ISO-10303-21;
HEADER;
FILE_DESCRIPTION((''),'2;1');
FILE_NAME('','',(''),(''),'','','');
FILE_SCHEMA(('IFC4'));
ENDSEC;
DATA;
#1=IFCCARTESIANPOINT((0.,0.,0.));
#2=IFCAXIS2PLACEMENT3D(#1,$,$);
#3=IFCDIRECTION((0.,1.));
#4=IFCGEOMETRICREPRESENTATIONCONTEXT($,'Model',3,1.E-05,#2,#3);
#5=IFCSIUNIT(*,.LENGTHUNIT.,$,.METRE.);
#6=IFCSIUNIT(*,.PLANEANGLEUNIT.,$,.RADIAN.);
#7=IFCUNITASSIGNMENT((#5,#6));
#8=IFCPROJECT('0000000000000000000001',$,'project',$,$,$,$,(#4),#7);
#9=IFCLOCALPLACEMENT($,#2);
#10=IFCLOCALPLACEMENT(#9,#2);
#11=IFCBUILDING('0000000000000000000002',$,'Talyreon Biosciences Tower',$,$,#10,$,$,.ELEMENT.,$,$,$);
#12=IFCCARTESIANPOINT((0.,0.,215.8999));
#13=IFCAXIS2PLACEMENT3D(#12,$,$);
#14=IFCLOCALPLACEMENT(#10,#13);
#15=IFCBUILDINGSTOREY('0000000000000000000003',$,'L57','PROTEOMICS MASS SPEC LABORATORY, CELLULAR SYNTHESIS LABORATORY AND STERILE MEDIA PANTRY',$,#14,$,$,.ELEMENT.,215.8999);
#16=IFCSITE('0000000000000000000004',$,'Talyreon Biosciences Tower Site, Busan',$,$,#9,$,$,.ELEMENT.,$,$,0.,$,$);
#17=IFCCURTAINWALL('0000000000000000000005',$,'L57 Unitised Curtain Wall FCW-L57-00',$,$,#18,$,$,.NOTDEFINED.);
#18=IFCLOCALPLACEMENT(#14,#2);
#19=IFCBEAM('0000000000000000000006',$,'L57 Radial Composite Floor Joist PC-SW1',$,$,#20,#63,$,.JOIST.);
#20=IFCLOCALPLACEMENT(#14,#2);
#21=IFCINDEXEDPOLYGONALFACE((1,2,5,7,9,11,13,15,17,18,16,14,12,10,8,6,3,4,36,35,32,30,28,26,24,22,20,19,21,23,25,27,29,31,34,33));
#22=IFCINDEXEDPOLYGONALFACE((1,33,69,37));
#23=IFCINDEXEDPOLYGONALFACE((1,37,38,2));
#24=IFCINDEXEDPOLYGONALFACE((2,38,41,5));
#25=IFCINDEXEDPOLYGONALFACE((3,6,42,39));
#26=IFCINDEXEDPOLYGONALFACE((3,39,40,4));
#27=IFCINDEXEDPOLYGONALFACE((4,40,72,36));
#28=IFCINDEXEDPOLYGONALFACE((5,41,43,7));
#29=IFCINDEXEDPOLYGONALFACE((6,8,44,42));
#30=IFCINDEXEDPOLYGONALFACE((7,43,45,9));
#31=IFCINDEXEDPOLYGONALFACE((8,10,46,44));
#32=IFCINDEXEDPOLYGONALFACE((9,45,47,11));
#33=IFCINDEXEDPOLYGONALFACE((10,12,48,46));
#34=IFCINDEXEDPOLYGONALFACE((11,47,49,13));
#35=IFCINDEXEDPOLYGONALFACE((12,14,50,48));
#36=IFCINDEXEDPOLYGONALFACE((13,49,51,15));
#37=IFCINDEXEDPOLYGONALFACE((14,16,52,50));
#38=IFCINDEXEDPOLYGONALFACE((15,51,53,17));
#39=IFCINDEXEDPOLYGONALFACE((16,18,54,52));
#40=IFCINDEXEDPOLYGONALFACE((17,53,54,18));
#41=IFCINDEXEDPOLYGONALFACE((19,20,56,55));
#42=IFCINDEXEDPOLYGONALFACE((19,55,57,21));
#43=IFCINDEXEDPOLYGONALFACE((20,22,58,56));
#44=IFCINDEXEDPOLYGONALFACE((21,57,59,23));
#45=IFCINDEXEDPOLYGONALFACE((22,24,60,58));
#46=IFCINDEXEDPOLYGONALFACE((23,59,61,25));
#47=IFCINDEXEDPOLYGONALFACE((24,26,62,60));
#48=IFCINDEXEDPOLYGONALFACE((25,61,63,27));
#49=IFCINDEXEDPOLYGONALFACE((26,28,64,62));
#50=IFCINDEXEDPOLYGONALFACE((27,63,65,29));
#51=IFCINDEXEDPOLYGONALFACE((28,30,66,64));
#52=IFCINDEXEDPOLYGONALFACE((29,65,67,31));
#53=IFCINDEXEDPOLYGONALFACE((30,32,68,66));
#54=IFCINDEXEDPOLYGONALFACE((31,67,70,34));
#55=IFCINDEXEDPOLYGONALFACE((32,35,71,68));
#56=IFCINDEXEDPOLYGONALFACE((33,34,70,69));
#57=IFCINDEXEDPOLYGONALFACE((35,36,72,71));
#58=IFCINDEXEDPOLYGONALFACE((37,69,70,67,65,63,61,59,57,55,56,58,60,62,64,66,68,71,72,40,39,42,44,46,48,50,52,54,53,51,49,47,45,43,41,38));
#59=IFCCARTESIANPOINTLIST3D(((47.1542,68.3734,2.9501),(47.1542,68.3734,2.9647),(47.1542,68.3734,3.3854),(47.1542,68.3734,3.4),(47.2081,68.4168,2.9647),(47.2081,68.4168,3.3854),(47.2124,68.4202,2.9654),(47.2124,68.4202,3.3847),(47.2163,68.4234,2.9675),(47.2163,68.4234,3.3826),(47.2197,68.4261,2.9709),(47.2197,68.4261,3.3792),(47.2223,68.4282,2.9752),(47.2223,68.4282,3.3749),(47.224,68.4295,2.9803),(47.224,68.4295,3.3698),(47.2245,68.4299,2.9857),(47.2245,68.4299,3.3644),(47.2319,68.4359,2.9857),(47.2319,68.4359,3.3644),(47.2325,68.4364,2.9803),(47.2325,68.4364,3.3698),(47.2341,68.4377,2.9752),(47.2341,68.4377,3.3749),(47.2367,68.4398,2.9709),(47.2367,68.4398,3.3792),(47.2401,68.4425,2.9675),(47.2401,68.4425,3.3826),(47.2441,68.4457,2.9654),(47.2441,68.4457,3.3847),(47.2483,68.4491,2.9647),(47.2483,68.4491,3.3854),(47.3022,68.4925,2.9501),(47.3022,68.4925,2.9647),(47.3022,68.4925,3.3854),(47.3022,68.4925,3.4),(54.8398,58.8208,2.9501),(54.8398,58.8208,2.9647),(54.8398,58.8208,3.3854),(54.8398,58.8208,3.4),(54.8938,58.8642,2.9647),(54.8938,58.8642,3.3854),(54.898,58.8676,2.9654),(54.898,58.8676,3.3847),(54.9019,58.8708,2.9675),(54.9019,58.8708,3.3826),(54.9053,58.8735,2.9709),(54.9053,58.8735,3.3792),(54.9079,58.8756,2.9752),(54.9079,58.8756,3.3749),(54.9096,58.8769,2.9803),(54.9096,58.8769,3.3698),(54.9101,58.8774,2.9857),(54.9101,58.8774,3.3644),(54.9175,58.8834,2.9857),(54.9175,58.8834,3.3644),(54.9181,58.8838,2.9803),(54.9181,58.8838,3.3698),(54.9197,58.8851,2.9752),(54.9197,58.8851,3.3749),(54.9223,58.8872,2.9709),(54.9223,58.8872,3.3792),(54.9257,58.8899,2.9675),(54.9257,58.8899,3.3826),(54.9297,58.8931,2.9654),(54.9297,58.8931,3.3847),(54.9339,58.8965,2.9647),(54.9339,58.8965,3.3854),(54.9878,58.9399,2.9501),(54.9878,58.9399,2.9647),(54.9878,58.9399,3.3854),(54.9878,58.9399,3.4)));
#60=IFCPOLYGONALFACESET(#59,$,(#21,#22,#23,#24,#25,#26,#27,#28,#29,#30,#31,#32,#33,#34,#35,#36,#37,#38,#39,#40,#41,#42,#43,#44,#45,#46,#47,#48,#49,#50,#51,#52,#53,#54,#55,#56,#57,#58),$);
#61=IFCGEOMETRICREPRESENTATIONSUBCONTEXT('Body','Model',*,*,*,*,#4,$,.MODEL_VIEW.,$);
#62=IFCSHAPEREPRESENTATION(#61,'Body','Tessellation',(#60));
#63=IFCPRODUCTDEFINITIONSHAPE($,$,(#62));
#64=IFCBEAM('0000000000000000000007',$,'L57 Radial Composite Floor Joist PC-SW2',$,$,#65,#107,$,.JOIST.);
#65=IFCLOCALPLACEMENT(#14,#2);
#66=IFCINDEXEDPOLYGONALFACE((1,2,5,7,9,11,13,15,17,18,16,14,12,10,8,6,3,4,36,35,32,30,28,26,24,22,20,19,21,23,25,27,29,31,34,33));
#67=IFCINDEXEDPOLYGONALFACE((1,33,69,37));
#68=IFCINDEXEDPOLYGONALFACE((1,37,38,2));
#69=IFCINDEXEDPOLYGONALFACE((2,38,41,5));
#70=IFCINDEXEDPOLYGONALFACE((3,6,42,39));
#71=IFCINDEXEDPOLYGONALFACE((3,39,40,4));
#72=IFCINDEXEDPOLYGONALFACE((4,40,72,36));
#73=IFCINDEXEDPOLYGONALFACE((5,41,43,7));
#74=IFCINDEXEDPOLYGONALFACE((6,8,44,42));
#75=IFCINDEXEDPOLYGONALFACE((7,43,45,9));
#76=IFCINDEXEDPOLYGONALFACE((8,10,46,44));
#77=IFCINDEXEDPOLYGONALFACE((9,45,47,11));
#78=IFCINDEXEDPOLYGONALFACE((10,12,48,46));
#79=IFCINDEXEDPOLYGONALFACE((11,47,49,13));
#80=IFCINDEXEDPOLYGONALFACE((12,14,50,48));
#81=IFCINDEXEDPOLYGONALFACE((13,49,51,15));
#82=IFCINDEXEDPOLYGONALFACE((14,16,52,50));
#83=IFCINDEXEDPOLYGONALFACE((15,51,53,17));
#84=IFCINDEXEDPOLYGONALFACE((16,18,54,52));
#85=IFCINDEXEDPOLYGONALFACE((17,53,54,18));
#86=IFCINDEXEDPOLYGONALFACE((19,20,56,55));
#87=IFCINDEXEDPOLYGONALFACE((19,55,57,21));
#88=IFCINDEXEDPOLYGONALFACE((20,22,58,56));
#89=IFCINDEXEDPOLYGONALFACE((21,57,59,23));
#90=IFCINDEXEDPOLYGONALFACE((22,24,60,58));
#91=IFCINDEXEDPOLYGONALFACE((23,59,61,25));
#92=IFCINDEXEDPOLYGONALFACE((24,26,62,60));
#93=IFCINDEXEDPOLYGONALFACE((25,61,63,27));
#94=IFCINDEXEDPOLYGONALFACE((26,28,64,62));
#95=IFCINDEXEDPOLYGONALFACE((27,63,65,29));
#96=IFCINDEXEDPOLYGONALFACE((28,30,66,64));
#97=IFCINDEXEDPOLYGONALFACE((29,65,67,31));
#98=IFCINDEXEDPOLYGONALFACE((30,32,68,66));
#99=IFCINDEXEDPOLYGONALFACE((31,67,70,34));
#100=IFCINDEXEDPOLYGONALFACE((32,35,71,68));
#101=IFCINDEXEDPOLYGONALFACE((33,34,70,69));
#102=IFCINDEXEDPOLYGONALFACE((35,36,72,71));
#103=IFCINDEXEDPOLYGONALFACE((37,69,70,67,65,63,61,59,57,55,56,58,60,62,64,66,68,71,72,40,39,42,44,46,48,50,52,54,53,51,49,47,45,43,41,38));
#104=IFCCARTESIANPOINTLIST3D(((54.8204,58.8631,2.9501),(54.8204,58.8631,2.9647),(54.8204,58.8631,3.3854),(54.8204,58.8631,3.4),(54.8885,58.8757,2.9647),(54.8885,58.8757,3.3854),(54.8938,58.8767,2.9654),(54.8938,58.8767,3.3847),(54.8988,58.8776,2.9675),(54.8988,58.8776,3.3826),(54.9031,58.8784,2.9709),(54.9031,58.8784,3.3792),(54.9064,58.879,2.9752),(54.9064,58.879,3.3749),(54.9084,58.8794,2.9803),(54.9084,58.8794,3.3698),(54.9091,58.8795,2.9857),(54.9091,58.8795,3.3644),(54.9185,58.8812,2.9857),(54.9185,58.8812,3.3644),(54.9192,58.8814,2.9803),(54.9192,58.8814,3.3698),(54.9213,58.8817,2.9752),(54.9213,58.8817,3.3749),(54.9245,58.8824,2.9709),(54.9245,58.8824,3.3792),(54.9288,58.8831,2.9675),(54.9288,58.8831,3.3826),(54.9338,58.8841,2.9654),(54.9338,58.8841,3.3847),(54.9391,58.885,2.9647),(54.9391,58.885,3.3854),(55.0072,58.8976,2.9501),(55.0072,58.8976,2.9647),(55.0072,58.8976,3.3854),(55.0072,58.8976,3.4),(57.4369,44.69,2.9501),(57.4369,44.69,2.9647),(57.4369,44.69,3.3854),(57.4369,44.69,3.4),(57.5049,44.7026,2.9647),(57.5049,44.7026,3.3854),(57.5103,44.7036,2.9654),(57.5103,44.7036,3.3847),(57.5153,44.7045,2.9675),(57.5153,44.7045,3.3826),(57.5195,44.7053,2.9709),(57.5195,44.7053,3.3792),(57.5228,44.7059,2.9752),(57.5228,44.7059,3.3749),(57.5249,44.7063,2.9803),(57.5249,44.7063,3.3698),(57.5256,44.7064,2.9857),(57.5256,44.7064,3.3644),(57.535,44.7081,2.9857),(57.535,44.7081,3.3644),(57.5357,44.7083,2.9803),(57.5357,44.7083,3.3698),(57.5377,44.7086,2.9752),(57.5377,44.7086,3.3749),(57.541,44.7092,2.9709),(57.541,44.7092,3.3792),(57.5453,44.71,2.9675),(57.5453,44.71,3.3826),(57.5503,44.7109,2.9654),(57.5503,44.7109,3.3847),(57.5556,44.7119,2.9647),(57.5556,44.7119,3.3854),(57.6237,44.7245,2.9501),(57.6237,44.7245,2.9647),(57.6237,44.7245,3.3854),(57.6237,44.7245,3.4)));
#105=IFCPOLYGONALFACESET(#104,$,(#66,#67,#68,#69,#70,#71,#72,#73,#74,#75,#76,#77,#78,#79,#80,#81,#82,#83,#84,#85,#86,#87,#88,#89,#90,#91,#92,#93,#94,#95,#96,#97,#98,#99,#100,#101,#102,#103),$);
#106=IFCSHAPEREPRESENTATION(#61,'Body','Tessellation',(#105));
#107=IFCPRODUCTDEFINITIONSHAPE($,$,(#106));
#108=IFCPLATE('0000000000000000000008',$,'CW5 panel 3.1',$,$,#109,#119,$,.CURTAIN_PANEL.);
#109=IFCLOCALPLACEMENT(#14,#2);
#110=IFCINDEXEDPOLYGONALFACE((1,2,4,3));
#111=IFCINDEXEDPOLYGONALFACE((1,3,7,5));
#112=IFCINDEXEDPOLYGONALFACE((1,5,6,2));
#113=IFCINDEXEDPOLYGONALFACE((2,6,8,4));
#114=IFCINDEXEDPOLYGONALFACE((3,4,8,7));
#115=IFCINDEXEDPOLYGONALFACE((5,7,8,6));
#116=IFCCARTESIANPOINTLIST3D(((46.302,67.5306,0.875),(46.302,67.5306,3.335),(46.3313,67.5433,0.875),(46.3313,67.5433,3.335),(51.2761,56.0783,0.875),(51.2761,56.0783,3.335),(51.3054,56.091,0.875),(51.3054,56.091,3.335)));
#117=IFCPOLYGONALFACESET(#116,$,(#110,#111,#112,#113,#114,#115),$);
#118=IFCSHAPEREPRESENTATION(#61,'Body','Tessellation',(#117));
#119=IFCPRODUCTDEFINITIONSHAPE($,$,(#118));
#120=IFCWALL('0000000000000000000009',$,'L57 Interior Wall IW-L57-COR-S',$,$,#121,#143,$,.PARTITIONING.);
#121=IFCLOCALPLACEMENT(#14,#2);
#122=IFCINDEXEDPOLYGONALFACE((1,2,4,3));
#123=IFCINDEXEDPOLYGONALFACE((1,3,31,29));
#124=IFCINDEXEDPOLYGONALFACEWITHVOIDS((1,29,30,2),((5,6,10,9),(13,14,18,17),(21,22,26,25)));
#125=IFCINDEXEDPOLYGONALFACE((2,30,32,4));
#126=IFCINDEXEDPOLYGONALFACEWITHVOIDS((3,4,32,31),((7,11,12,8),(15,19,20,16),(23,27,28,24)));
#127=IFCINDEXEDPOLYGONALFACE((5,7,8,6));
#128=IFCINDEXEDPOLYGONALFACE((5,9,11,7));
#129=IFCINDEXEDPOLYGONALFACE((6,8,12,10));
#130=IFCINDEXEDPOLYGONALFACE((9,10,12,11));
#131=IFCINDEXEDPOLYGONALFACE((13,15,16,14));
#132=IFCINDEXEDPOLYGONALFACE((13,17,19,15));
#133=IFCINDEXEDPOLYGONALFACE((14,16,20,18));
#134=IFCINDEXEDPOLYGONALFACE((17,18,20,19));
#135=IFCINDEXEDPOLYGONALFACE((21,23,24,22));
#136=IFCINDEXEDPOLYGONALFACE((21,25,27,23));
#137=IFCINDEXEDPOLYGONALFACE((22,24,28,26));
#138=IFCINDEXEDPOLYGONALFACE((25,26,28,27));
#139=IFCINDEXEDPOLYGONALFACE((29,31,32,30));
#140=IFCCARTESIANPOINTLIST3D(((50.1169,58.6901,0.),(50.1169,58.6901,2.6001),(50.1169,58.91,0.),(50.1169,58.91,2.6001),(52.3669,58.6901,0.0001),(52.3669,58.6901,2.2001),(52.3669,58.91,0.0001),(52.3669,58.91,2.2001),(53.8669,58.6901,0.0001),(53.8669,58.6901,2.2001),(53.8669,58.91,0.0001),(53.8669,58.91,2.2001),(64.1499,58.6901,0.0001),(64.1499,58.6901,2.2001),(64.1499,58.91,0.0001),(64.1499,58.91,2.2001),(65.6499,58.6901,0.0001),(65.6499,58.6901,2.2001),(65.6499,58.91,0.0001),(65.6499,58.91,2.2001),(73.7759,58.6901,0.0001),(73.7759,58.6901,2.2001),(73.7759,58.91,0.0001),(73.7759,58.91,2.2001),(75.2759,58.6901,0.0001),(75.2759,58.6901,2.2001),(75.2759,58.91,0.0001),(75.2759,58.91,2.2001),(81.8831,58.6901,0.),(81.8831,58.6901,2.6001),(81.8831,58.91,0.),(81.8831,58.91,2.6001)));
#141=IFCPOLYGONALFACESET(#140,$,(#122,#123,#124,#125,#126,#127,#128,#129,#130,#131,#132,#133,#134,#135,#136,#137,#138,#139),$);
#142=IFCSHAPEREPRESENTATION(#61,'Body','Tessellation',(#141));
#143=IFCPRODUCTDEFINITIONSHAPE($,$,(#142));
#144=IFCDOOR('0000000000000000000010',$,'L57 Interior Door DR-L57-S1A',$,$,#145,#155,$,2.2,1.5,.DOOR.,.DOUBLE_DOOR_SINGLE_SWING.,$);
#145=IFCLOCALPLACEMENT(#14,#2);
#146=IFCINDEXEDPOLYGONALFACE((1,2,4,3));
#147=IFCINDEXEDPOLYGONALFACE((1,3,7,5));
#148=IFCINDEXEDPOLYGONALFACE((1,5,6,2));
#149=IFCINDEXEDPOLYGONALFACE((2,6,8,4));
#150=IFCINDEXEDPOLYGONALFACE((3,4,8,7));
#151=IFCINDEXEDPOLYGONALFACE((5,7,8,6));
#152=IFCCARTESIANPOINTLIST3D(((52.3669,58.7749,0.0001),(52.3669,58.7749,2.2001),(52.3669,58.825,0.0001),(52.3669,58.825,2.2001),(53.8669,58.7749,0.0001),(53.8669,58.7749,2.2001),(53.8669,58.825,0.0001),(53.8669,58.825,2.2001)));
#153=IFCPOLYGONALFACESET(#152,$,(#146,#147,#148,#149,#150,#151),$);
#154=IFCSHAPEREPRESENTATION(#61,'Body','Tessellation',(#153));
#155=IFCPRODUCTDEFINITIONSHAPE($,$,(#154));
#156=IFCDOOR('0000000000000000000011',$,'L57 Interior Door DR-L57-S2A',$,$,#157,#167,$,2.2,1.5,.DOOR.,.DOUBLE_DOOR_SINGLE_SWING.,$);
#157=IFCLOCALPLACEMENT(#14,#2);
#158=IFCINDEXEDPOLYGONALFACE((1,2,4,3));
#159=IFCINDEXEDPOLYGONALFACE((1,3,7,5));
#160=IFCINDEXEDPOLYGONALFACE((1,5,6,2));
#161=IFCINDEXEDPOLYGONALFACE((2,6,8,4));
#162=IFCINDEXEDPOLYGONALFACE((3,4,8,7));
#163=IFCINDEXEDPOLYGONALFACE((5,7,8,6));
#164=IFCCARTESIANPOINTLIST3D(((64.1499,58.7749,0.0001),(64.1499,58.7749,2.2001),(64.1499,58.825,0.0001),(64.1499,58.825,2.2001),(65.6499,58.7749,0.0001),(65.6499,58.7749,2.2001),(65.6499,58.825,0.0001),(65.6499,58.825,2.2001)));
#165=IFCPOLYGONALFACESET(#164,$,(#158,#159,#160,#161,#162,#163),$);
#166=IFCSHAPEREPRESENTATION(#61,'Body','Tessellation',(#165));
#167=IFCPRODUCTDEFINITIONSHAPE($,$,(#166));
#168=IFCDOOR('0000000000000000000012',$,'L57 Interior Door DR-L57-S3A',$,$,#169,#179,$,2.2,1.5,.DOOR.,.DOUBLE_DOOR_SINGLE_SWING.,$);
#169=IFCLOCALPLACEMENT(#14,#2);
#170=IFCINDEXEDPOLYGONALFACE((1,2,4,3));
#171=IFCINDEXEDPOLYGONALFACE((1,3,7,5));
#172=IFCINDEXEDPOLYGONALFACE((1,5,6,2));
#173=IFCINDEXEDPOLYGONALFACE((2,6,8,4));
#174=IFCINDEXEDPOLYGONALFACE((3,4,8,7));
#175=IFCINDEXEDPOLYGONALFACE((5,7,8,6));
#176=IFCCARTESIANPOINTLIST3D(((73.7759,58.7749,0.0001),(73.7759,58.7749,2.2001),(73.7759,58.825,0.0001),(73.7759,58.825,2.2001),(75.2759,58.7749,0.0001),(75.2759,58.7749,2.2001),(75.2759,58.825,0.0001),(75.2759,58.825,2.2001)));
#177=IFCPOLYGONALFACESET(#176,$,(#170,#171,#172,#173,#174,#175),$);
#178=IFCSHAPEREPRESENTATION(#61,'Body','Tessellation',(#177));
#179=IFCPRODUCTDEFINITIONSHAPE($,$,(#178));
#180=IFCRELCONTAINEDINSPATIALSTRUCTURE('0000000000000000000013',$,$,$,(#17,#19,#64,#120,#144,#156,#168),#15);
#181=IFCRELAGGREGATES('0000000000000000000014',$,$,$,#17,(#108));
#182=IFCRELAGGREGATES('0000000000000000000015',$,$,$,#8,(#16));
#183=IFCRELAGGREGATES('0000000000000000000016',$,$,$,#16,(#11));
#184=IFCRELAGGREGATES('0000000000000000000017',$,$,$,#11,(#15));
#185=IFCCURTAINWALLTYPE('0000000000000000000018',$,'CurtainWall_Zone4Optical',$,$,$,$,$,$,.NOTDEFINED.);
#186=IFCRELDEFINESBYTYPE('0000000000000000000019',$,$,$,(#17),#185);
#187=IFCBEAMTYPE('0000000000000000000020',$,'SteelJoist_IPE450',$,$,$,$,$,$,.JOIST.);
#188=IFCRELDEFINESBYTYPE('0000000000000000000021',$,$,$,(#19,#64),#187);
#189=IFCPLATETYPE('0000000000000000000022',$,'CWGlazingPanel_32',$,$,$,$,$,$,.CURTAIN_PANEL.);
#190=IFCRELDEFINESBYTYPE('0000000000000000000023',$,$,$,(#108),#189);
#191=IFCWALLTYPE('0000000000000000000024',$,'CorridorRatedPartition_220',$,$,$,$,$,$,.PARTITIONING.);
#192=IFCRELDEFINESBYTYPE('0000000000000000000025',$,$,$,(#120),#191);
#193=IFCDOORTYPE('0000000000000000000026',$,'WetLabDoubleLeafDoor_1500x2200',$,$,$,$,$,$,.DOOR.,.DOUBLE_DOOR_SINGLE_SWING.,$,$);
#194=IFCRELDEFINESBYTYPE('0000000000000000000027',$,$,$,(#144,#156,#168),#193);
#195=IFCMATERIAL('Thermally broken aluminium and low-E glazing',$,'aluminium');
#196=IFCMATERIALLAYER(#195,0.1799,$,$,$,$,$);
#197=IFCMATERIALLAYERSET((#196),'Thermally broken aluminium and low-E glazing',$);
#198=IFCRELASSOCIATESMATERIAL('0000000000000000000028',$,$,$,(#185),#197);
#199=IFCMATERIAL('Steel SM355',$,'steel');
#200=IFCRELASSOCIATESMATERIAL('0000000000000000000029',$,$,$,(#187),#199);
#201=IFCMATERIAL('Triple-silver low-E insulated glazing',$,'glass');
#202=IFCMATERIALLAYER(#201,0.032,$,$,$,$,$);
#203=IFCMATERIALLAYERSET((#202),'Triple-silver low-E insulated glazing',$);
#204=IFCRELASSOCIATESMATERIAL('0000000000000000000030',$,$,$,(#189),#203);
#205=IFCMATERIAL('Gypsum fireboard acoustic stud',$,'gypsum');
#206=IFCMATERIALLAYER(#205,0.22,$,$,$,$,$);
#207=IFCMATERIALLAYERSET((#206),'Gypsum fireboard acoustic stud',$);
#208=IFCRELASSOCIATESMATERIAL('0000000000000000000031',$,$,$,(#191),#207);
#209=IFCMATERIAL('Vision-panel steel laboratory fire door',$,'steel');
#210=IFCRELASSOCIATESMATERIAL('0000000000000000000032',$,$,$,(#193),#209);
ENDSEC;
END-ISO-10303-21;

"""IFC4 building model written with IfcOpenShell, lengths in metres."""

from ifc_helpers import new_model, si_unit, direction, frame, frame_2d, origin, origin_2d, place, context, subcontext, project, spatial, rectangle, i_section, extrude, material, layer, layer_set, material_profile, profile_set, type_object, element, fill, aggregate, save


model = new_model("IFC4")

# Units and contexts
model_context = context("Model", 3, precision=1e-05, world=origin(), true_north=direction((0.0, 1.0)))
body_context = subcontext(model_context, "Body", "Model", "MODEL_VIEW")
ifc_project = project(units=[si_unit("LENGTHUNIT", "METRE"), si_unit("PLANEANGLEUNIT", "RADIAN")], contexts=[model_context])

# Site, building, storey
site_placement = place(None, origin())
site = spatial("IfcSite", under=ifc_project, at=site_placement, Name="Talyreon Biosciences Tower Site, Busan", CompositionType="ELEMENT", RefElevation=0.0)
building_placement = place(site_placement, origin())
building = spatial("IfcBuilding", under=site, at=building_placement, Name="Talyreon Biosciences Tower", CompositionType="ELEMENT")
storey_placement = place(building_placement, frame((0.0, 0.0, 215.8999)))
storey = spatial("IfcBuildingStorey", under=building, at=storey_placement, Name="L57", Description="PROTEOMICS MASS SPEC LABORATORY, CELLULAR SYNTHESIS LABORATORY AND STERILE MEDIA PANTRY", CompositionType="ELEMENT", Elevation=215.8999)

# Curtain wall
ifc_material_1 = material(Name="Thermally broken aluminium and low-E glazing", Category="aluminium")
ifc_layer_1 = layer(ifc_material_1, 0.1799)
ifc_layer_set_1 = layer_set([ifc_layer_1], Name="Thermally broken aluminium and low-E glazing")
curtain_wall_type = type_object("IfcCurtainWallType", Name="CurtainWall_Zone4Optical", PredefinedType="NOTDEFINED", material=ifc_layer_set_1)
curtain_wall_placement = place(storey_placement, origin())
curtain_wall = element("IfcCurtainWall", 1, at=curtain_wall_placement, inside=storey, type_object=curtain_wall_type, Name="L57 Unitised Curtain Wall FCW-L57-00", PredefinedType="NOTDEFINED")

# Beams
ifc_material_2 = material(Name="Steel SM355", Category="steel")
ifc_material_profile_1 = material_profile(ifc_material_2, i_section(OverallWidth=0.1899, OverallDepth=0.45, WebThickness=0.0095, FlangeThickness=0.0146, FilletRadius=0.021, at=origin_2d()), Name="IPE450")
ifc_profile_set_1 = profile_set([ifc_material_profile_1], Name="Steel SM355")
beam_type_1 = type_object("IfcBeamType", Name="SteelJoist_IPE450", PredefinedType="JOIST", material=ifc_profile_set_1)
beam_1_placement = place(storey_placement, frame((54.9138, 58.8804, 3.175), z_axis=(-0.626859, 0.779133, 0.0), x_axis=(-0.779133, -0.626859, 0.0)))
element("IfcBeam", 2, at=beam_1_placement, inside=storey, type_object=beam_type_1, Name="L57 Radial Composite Floor Joist PC-SW1", PredefinedType="JOIST", context=body_context, shape_type="SweptSolid", body=[
    extrude(i_section(OverallWidth=0.1899, OverallDepth=0.45, WebThickness=0.0095, FlangeThickness=0.0146, FilletRadius=0.021, at=origin_2d()), origin(), (0.0, 0.0, 1.0), 12.2605),
])
beam_2_placement = place(storey_placement, frame((54.9138, 58.8804, 3.175), z_axis=(0.18154, -0.983384, 0.0), x_axis=(0.983384, 0.18154, 0.0)))
element("IfcBeam", 3, at=beam_2_placement, inside=storey, type_object=beam_type_1, Name="L57 Radial Composite Floor Joist PC-SW2", PredefinedType="JOIST", context=body_context, shape_type="SweptSolid", body=[
    extrude(i_section(OverallWidth=0.1899, OverallDepth=0.45, WebThickness=0.0095, FlangeThickness=0.0146, FilletRadius=0.021, at=origin_2d()), origin(), (0.0, 0.0, 1.0), 14.4126),
])

# Plate
ifc_material_3 = material(Name="Triple-silver low-E insulated glazing", Category="glass")
ifc_layer_2 = layer(ifc_material_3, 0.032)
ifc_layer_set_2 = layer_set([ifc_layer_2], Name="Triple-silver low-E insulated glazing")
plate_type = type_object("IfcPlateType", Name="CWGlazingPanel_32", PredefinedType="CURTAIN_PANEL", material=ifc_layer_set_2)
plate_placement = place(storey_placement, frame((48.8037, 61.8108, 0.875), z_axis=(0.0, 0.0, 1.0), x_axis=(-0.398376, 0.917222, 0.0)))
plate = element("IfcPlate", 4, at=plate_placement, type_object=plate_type, Name="CW5 panel 3.1", PredefinedType="CURTAIN_PANEL", context=body_context, shape_type="SweptSolid", body=[
    extrude(rectangle(XDim=12.4858, YDim=0.032, at=origin_2d()), origin(), (0.0, 0.0, 1.0), 2.46),
])
aggregate(curtain_wall, [plate])

# Wall, openings, doors
ifc_material_4 = material(Name="Gypsum fireboard acoustic stud", Category="gypsum")
ifc_layer_3 = layer(ifc_material_4, 0.22)
ifc_layer_set_3 = layer_set([ifc_layer_3], Name="Gypsum fireboard acoustic stud")
wall_type = type_object("IfcWallType", Name="CorridorRatedPartition_220", PredefinedType="PARTITIONING", material=ifc_layer_set_3)
wall_placement = place(storey_placement, frame((50.1169, 58.8, 0.0), z_axis=(0.0, 0.0, 1.0), x_axis=(1.0, 0.0, 0.0)))
wall = element("IfcWall", 5, at=wall_placement, inside=storey, type_object=wall_type, Name="L57 Interior Wall IW-L57-COR-S", PredefinedType="PARTITIONING", context=body_context, shape_type="SweptSolid", body=[
    extrude(rectangle(XDim=31.7661, YDim=0.22, at=frame_2d((15.8831, 0.0))), origin(), (0.0, 0.0, 1.0), 2.6001),
])
opening_1_placement = place(wall_placement, frame((2.25, 0.0, 0.0)))
opening_1 = element("IfcOpeningElement", 6, at=opening_1_placement, cuts=wall, PredefinedType="OPENING", context=body_context, shape_type="SweptSolid", body=[
    extrude(rectangle(XDim=1.5, YDim=2.2, at=frame_2d((0.75, 1.1001))), frame((0.0, 0.1199, 0.0), z_axis=(0.0, -1.0, 0.0), x_axis=(1.0, 0.0, 0.0)), (0.0, 0.0, 1.0), 0.24),
])
opening_2_placement = place(wall_placement, frame((14.033, 0.0, 0.0)))
opening_2 = element("IfcOpeningElement", 7, at=opening_2_placement, cuts=wall, PredefinedType="OPENING", context=body_context, shape_type="SweptSolid", body=[
    extrude(rectangle(XDim=1.5, YDim=2.2, at=frame_2d((0.75, 1.1001))), frame((0.0, 0.1199, 0.0), z_axis=(0.0, -1.0, 0.0), x_axis=(1.0, 0.0, 0.0)), (0.0, 0.0, 1.0), 0.24),
])
opening_3_placement = place(wall_placement, frame((23.6589, 0.0, 0.0)))
opening_3 = element("IfcOpeningElement", 8, at=opening_3_placement, cuts=wall, PredefinedType="OPENING", context=body_context, shape_type="SweptSolid", body=[
    extrude(rectangle(XDim=1.5, YDim=2.2, at=frame_2d((0.75, 1.1001))), frame((0.0, 0.1199, 0.0), z_axis=(0.0, -1.0, 0.0), x_axis=(1.0, 0.0, 0.0)), (0.0, 0.0, 1.0), 0.24),
])
ifc_material_5 = material(Name="Vision-panel steel laboratory fire door", Category="steel")
door_type = type_object("IfcDoorType", Name="WetLabDoubleLeafDoor_1500x2200", OperationType="DOUBLE_DOOR_SINGLE_SWING", PredefinedType="DOOR", material=ifc_material_5)
door_1_placement = place(opening_1_placement, origin())
door_1 = element("IfcDoor", 9, at=door_1_placement, inside=storey, type_object=door_type, Name="L57 Interior Door DR-L57-S1A", OperationType="DOUBLE_DOOR_SINGLE_SWING", OverallHeight=2.2, OverallWidth=1.5, PredefinedType="DOOR", context=body_context, shape_type="SweptSolid", body=[
    extrude(rectangle(XDim=1.5, YDim=2.2, at=frame_2d((0.75, 1.1001))), frame((0.0, 0.0249, 0.0), z_axis=(0.0, -1.0, 0.0), x_axis=(1.0, 0.0, 0.0)), (0.0, 0.0, 1.0), 0.05),
])
fill(opening_1, door_1)
door_2_placement = place(opening_2_placement, origin())
door_2 = element("IfcDoor", 10, at=door_2_placement, inside=storey, type_object=door_type, Name="L57 Interior Door DR-L57-S2A", OperationType="DOUBLE_DOOR_SINGLE_SWING", OverallHeight=2.2, OverallWidth=1.5, PredefinedType="DOOR", context=body_context, shape_type="SweptSolid", body=[
    extrude(rectangle(XDim=1.5, YDim=2.2, at=frame_2d((0.75, 1.1001))), frame((0.0, 0.0249, 0.0), z_axis=(0.0, -1.0, 0.0), x_axis=(1.0, 0.0, 0.0)), (0.0, 0.0, 1.0), 0.05),
])
fill(opening_2, door_2)
door_3_placement = place(opening_3_placement, origin())
door_3 = element("IfcDoor", 11, at=door_3_placement, inside=storey, type_object=door_type, Name="L57 Interior Door DR-L57-S3A", OperationType="DOUBLE_DOOR_SINGLE_SWING", OverallHeight=2.2, OverallWidth=1.5, PredefinedType="DOOR", context=body_context, shape_type="SweptSolid", body=[
    extrude(rectangle(XDim=1.5, YDim=2.2, at=frame_2d((0.75, 1.1001))), frame((0.0, 0.0249, 0.0), z_axis=(0.0, -1.0, 0.0), x_axis=(1.0, 0.0, 0.0)), (0.0, 0.0, 1.0), 0.05),
])
fill(opening_3, door_3)

save(model, "model.ifc")
